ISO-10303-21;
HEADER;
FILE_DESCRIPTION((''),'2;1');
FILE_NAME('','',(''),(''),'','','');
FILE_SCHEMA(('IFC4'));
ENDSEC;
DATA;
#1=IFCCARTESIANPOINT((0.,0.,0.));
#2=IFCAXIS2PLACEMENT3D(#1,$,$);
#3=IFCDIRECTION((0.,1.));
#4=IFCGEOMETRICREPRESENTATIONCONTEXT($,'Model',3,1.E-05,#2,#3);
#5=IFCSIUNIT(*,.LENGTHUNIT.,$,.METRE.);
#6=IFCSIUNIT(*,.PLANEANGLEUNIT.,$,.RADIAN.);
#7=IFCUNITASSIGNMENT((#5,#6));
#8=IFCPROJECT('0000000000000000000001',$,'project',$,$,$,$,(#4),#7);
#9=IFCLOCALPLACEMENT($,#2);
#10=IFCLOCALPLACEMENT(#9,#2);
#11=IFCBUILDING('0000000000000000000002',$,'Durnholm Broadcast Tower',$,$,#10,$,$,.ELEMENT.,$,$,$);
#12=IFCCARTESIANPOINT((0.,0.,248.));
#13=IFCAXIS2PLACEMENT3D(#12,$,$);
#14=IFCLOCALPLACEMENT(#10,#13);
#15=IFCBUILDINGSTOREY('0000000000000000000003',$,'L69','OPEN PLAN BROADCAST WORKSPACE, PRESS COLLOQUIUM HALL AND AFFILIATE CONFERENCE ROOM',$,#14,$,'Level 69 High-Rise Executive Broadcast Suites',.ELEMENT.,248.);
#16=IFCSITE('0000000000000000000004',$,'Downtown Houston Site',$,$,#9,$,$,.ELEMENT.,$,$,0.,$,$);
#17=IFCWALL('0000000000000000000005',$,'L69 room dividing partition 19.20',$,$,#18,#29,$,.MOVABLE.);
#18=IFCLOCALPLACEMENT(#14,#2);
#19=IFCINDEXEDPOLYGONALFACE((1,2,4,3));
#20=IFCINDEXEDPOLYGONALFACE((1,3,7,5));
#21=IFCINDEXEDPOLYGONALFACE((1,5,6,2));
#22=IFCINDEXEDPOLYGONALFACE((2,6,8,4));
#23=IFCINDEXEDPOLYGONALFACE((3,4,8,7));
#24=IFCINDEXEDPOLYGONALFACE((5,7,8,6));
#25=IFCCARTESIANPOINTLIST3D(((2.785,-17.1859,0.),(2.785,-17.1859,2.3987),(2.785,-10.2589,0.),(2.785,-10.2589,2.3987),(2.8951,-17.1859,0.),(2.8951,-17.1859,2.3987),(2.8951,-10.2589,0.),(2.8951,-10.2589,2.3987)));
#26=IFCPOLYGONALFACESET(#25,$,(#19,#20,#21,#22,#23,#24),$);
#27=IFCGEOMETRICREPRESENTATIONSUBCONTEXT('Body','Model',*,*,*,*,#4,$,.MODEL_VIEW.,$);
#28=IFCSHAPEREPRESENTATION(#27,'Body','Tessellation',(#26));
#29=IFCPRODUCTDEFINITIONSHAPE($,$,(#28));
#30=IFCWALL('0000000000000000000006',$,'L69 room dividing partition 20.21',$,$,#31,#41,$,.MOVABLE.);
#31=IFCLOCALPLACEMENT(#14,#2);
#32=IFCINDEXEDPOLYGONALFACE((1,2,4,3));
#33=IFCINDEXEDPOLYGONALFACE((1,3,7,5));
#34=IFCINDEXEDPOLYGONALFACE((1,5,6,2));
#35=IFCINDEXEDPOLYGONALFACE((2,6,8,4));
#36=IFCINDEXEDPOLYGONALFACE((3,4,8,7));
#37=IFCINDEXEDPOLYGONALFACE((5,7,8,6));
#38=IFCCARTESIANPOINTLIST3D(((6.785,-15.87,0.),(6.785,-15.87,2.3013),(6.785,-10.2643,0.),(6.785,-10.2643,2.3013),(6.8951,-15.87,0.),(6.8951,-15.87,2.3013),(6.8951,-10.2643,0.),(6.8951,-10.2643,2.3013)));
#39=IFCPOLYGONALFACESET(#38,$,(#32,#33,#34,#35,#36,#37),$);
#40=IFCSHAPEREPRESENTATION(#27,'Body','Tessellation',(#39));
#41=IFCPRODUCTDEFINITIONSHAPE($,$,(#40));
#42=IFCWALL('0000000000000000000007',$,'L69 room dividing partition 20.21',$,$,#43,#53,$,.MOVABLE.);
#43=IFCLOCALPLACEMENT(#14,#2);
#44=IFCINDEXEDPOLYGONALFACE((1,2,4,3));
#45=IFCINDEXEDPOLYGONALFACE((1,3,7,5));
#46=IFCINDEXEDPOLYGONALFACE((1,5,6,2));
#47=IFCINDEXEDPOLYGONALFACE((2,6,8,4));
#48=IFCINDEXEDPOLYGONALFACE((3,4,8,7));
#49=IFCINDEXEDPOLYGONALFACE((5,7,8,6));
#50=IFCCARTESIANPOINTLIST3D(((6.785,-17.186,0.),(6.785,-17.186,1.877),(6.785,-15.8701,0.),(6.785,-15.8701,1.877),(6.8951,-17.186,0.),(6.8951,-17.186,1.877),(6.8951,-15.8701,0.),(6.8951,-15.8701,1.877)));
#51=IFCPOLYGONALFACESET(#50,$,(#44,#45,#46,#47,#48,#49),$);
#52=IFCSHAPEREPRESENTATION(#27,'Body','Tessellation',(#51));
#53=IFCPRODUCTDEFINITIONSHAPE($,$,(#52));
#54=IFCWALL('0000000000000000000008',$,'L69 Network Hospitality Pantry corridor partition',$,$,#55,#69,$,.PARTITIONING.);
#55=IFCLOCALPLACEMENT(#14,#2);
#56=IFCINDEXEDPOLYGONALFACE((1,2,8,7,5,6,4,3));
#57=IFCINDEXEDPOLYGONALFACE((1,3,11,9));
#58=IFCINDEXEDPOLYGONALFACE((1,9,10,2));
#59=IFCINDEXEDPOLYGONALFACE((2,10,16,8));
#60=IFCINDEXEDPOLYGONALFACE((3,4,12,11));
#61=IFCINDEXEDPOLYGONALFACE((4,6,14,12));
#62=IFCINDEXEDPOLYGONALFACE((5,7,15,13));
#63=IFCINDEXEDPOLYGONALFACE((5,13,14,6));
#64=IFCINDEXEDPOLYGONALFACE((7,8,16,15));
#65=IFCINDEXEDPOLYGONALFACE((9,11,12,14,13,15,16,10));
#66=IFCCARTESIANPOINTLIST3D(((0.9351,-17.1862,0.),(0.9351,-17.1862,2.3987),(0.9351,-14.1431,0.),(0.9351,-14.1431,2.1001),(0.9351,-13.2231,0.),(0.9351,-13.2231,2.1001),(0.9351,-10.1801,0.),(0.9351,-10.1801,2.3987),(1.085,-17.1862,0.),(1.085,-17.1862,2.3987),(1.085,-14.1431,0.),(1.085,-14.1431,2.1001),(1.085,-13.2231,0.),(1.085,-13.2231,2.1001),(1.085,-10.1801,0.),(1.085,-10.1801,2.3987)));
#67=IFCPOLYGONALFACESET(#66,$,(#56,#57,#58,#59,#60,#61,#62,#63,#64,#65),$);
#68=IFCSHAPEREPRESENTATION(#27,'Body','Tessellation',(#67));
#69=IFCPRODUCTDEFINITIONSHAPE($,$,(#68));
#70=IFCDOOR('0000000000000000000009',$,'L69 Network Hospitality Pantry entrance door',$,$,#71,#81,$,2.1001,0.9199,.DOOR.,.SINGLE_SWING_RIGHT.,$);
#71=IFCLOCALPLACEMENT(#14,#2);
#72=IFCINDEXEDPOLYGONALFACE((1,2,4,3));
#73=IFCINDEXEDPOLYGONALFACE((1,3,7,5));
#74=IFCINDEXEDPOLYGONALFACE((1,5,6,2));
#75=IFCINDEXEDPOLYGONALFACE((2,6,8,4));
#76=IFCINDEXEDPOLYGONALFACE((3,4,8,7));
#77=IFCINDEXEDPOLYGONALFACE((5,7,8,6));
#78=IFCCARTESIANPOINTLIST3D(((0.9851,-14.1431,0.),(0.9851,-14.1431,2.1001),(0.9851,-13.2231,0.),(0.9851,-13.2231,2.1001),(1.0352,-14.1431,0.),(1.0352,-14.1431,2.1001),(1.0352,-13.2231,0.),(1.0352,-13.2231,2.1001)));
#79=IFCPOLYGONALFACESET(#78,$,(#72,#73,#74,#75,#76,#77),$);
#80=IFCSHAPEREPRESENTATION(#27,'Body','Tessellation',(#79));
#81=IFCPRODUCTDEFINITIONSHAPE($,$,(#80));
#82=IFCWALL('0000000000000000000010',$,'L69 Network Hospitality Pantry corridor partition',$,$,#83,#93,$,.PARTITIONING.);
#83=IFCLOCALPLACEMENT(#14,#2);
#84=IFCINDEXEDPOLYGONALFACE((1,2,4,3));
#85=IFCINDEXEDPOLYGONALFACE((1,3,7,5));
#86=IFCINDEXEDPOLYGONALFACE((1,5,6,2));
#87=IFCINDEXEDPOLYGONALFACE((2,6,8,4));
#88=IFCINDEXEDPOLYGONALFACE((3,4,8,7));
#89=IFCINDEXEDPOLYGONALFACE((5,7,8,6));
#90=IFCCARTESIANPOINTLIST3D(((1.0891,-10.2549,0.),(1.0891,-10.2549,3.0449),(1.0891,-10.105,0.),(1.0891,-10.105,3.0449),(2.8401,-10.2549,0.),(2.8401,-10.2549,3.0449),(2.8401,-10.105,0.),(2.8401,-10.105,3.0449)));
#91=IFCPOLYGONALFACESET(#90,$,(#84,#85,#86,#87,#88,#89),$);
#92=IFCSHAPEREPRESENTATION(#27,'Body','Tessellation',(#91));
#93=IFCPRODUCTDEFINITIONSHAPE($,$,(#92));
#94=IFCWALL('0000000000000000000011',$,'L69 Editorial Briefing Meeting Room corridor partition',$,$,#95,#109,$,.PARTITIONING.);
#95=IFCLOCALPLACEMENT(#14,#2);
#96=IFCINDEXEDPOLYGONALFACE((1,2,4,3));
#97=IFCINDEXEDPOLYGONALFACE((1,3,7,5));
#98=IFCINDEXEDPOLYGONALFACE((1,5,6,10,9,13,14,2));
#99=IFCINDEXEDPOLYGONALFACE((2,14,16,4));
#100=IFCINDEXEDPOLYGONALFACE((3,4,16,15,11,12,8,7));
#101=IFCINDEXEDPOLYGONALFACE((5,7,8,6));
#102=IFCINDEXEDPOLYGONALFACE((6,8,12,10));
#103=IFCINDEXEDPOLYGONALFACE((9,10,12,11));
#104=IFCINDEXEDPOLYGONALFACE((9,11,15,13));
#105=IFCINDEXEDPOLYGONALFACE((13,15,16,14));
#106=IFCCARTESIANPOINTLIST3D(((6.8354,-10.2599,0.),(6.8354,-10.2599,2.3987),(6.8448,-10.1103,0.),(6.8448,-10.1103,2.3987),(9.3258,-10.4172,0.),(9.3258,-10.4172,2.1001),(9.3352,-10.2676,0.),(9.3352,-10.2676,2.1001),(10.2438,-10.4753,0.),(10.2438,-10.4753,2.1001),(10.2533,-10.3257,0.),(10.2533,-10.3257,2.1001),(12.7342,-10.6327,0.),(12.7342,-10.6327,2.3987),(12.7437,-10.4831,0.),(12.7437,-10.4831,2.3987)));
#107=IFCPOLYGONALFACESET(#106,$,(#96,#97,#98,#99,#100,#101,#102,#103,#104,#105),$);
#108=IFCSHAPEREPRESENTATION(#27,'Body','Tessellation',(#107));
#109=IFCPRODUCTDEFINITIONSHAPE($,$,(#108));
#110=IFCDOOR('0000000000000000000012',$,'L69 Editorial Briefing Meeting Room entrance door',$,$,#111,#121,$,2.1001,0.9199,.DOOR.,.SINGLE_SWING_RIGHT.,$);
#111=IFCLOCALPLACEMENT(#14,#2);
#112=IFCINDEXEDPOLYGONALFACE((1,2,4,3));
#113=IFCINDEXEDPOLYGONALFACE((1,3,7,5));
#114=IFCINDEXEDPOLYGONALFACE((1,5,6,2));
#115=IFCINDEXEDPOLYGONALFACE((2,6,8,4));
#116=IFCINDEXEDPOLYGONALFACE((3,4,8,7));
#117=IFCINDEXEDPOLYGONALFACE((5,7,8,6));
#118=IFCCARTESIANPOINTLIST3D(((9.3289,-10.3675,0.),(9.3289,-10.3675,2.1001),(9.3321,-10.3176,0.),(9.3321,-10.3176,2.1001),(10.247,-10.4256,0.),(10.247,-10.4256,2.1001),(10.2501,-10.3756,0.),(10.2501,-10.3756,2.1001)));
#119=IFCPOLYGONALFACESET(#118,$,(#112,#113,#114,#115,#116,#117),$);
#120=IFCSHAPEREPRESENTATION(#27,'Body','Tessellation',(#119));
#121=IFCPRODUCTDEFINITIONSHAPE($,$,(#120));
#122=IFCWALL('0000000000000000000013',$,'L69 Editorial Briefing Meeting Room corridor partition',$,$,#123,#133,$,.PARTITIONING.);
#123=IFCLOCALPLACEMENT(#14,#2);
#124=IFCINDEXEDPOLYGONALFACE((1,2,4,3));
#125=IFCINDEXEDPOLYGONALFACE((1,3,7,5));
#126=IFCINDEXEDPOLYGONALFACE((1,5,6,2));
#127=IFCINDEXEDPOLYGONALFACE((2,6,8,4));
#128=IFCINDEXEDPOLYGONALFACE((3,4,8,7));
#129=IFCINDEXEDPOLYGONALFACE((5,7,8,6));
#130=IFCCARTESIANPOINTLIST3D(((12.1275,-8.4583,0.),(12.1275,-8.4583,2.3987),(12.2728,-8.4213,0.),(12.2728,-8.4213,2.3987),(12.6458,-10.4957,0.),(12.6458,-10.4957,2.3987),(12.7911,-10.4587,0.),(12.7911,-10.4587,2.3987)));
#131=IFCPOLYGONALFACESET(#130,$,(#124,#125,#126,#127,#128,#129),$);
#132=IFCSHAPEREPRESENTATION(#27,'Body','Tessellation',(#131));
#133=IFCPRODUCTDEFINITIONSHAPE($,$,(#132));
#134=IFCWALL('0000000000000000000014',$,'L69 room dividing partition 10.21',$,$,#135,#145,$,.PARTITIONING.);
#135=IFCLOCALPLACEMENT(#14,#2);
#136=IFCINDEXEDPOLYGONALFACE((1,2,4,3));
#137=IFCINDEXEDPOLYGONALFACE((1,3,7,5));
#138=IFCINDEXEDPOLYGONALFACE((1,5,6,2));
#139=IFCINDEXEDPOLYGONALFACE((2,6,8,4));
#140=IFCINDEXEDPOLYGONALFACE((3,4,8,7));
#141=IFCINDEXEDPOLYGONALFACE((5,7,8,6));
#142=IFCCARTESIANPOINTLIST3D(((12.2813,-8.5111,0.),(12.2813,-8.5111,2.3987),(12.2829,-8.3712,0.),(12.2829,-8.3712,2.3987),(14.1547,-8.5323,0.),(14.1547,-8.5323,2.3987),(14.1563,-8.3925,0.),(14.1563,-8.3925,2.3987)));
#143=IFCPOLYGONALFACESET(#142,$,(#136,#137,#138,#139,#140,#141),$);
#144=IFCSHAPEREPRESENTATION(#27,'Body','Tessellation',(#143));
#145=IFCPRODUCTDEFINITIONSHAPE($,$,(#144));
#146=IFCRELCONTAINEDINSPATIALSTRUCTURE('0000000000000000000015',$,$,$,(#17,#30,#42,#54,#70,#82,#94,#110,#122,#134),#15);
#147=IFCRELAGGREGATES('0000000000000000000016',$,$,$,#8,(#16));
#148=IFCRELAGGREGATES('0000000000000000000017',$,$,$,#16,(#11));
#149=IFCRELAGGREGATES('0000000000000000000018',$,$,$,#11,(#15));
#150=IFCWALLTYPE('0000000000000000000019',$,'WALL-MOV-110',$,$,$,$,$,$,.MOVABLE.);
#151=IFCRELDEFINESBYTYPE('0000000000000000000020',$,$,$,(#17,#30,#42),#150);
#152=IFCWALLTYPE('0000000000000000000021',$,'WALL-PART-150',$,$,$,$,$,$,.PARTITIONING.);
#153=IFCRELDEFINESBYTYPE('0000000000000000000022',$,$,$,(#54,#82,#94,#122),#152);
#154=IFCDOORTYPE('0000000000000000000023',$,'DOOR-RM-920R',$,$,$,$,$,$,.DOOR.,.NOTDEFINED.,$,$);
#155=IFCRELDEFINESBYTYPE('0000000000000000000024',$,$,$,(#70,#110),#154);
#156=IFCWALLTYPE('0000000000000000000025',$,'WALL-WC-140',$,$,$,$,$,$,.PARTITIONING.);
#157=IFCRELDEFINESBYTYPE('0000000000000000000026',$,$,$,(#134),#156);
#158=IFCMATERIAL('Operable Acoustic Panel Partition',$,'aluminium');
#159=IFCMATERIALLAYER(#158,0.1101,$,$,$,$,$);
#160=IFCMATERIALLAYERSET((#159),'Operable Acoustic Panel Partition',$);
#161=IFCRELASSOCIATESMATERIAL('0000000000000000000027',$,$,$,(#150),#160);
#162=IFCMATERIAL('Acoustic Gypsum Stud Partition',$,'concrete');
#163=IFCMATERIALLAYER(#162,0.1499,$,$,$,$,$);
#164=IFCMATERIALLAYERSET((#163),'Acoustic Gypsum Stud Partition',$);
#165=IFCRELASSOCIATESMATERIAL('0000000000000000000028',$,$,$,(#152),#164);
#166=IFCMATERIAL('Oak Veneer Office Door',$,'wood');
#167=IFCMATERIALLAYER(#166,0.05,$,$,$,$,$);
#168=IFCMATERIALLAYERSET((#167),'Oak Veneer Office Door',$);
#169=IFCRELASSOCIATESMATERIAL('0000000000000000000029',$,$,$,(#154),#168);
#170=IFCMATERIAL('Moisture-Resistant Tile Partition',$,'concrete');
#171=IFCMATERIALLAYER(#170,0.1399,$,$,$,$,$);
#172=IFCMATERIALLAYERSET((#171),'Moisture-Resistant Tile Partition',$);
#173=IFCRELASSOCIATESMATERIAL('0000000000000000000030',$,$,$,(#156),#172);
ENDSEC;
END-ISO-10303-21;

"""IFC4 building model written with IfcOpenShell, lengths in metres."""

from ifc_helpers import new_model, si_unit, direction, frame, frame_2d, origin, place, context, subcontext, project, spatial, rectangle, extrude, source, transform, mapped, material, layer, layer_set, type_object, type_shapes, element, fill, save


model = new_model("IFC4")

# Units and contexts
model_context = context("Model", 3, precision=1e-05, world=origin(), true_north=direction((0.0, 1.0)))
body_context = subcontext(model_context, "Body", "Model", "MODEL_VIEW")
ifc_project = project(units=[si_unit("LENGTHUNIT", "METRE"), si_unit("PLANEANGLEUNIT", "RADIAN")], contexts=[model_context])

# Site, building, storey
site_placement = place(None, origin())
site = spatial("IfcSite", under=ifc_project, at=site_placement, Name="Downtown Houston Site", CompositionType="ELEMENT", RefElevation=0.0)
building_placement = place(site_placement, origin())
building = spatial("IfcBuilding", under=site, at=building_placement, Name="Durnholm Broadcast Tower", CompositionType="ELEMENT")
storey_placement = place(building_placement, frame((0.0, 0.0, 248.0)))
storey = spatial("IfcBuildingStorey", under=building, at=storey_placement, Name="L69", Description="OPEN PLAN BROADCAST WORKSPACE, PRESS COLLOQUIUM HALL AND AFFILIATE CONFERENCE ROOM", LongName="Level 69 High-Rise Executive Broadcast Suites", CompositionType="ELEMENT", Elevation=248.0)

# Walls
ifc_material_1 = material(Name="Operable Acoustic Panel Partition", Category="aluminium")
ifc_layer_1 = layer(ifc_material_1, 0.1101)
ifc_layer_set_1 = layer_set([ifc_layer_1], Name="Operable Acoustic Panel Partition")
wall_type_1 = type_object("IfcWallType", Name="WALL-MOV-110", PredefinedType="MOVABLE", material=ifc_layer_set_1)
wall_1_placement = place(storey_placement, frame((2.8401, -10.259, 0.0), z_axis=(0.0, 0.0, 1.0), x_axis=(0.0, -1.0, 0.0)))
element("IfcWall", 1, at=wall_1_placement, inside=storey, type_object=wall_type_1, Name="L69 room dividing partition 19.20", PredefinedType="MOVABLE", context=body_context, shape_type="SweptSolid", body=[
    extrude(rectangle(XDim=6.927, YDim=0.1101, at=frame_2d((3.4634, 0.0))), origin(), (0.0, 0.0, 1.0), 2.3987),
])
wall_2_placement = place(storey_placement, frame((6.8401, -10.2644, 0.0), z_axis=(0.0, 0.0, 1.0), x_axis=(0.0, -1.0, 0.0)))
element("IfcWall", 2, at=wall_2_placement, inside=storey, type_object=wall_type_1, Name="L69 room dividing partition 20.21", PredefinedType="MOVABLE", context=body_context, shape_type="SweptSolid", body=[
    extrude(rectangle(XDim=5.6057, YDim=0.1101, at=frame_2d((2.8027, 0.0))), origin(), (0.0, 0.0, 1.0), 2.3013),
])
wall_3_placement = place(storey_placement, frame((6.8401, -15.8701, 0.0), z_axis=(0.0, 0.0, 1.0), x_axis=(0.0, -1.0, 0.0)))
element("IfcWall", 3, at=wall_3_placement, inside=storey, type_object=wall_type_1, Name="L69 room dividing partition 20.21", PredefinedType="MOVABLE", context=body_context, shape_type="SweptSolid", body=[
    extrude(rectangle(XDim=1.3159, YDim=0.1101, at=frame_2d((0.658, 0.0))), origin(), (0.0, 0.0, 1.0), 1.877),
])

# Wall, opening, door
ifc_material_2 = material(Name="Acoustic Gypsum Stud Partition", Category="concrete")
ifc_layer_2 = layer(ifc_material_2, 0.1499)
ifc_layer_set_2 = layer_set([ifc_layer_2], Name="Acoustic Gypsum Stud Partition")
wall_type_2 = type_object("IfcWallType", Name="WALL-PART-150", PredefinedType="PARTITIONING", material=ifc_layer_set_2)
wall_4_placement = place(storey_placement, frame((1.01, -17.186, 0.0), z_axis=(0.0, 0.0, 1.0), x_axis=(0.0, 1.0, 0.0)))
wall_4 = element("IfcWall", 4, at=wall_4_placement, inside=storey, type_object=wall_type_2, Name="L69 Network Hospitality Pantry corridor partition", PredefinedType="PARTITIONING", context=body_context, shape_type="SweptSolid", body=[
    extrude(rectangle(XDim=7.0061, YDim=0.1499, at=frame_2d((3.5029, 0.0))), origin(), (0.0, 0.0, 1.0), 2.3987),
])
opening_1_placement = place(wall_4_placement, frame((3.043, 0.0, 0.0)))
opening_1 = element("IfcOpeningElement", 5, at=opening_1_placement, cuts=wall_4, PredefinedType="OPENING", context=body_context, shape_type="SweptSolid", body=[
    extrude(rectangle(XDim=0.9199, YDim=2.1001, at=frame_2d((0.46, 1.05))), frame((0.0, 0.085, 0.0), z_axis=(0.0, -1.0, 0.0), x_axis=(1.0, 0.0, 0.0)), (0.0, 0.0, 1.0), 0.1699),
])
ifc_material_3 = material(Name="Oak Veneer Office Door", Category="wood")
ifc_layer_3 = layer(ifc_material_3, 0.05)
ifc_layer_set_3 = layer_set([ifc_layer_3], Name="Oak Veneer Office Door")
door_type_1 = type_object("IfcDoorType", Name="DOOR-RM-920R", OperationType="NOTDEFINED", PredefinedType="DOOR", material=ifc_layer_set_3)
shared_shape_1 = source(origin(), body_context, "Body", "SweptSolid", [
    extrude(rectangle(XDim=0.9199, YDim=2.1001, at=frame_2d((0.46, 1.05))), frame((0.0, 0.0249, 0.0), z_axis=(0.0, -1.0, 0.0), x_axis=(1.0, 0.0, 0.0)), (0.0, 0.0, 1.0), 0.05),
])
type_shapes(door_type_1, [shared_shape_1])
door_1_placement = place(opening_1_placement, origin())
door_1 = element("IfcDoor", 6, at=door_1_placement, inside=storey, type_object=door_type_1, Name="L69 Network Hospitality Pantry entrance door", OperationType="SINGLE_SWING_RIGHT", OverallHeight=2.1001, OverallWidth=0.9199, PredefinedType="DOOR", context=body_context, shape_type="MappedRepresentation", body=[
    mapped(shared_shape_1, transform((0.0, 0.0, 0.0), x_axis=(1.0, 0.0, 0.0), y_axis=(0.0, 1.0, 0.0), z_axis=(0.0, 0.0, 1.0), scale=1.0)),
])
fill(opening_1, door_1)

# Wall
wall_5_placement = place(storey_placement, frame((1.0891, -10.1799, 0.0), z_axis=(0.0, 0.0, 1.0), x_axis=(1.0, 0.0, 0.0)))
element("IfcWall", 7, at=wall_5_placement, inside=storey, type_object=wall_type_2, Name="L69 Network Hospitality Pantry corridor partition", PredefinedType="PARTITIONING", context=body_context, shape_type="SweptSolid", body=[
    extrude(rectangle(XDim=1.751, YDim=0.1499, at=frame_2d((0.8755, 0.0))), origin(), (0.0, 0.0, 1.0), 3.0449),
])

# Wall, opening, door
wall_6_placement = place(storey_placement, frame((6.8401, -10.1851, 0.0), z_axis=(0.0, 0.0, 1.0), x_axis=(0.998009, -0.063073, 0.0)))
wall_6 = element("IfcWall", 8, at=wall_6_placement, inside=storey, type_object=wall_type_2, Name="L69 Editorial Briefing Meeting Room corridor partition", PredefinedType="PARTITIONING", context=body_context, shape_type="SweptSolid", body=[
    extrude(rectangle(XDim=5.9106, YDim=0.1499, at=frame_2d((2.9553, 0.0))), origin(), (0.0, 0.0, 1.0), 2.3987),
])
opening_2_placement = place(wall_6_placement, frame((2.4954, 0.0, 0.0)))
opening_2 = element("IfcOpeningElement", 9, at=opening_2_placement, cuts=wall_6, PredefinedType="OPENING", context=body_context, shape_type="SweptSolid", body=[
    extrude(rectangle(XDim=0.9199, YDim=2.1001, at=frame_2d((0.46, 1.05))), frame((0.0, 0.085, 0.0), z_axis=(0.0, -1.0, 0.0), x_axis=(1.0, 0.0, 0.0)), (0.0, 0.0, 1.0), 0.1699),
])
door_2_placement = place(opening_2_placement, origin())
door_2 = element("IfcDoor", 10, at=door_2_placement, inside=storey, type_object=door_type_1, Name="L69 Editorial Briefing Meeting Room entrance door", OperationType="SINGLE_SWING_RIGHT", OverallHeight=2.1001, OverallWidth=0.9199, PredefinedType="DOOR", context=body_context, shape_type="MappedRepresentation", body=[
    mapped(shared_shape_1, transform((0.0, 0.0, 0.0), x_axis=(1.0, 0.0, 0.0), y_axis=(0.0, 1.0, 0.0), z_axis=(0.0, 0.0, 1.0), scale=1.0)),
])
fill(opening_2, door_2)

# Walls
wall_7_placement = place(storey_placement, frame((12.7185, -10.4773, 0.0), z_axis=(0.0, 0.0, 1.0), x_axis=(-0.24655, 0.96913, 0.0)))
element("IfcWall", 11, at=wall_7_placement, inside=storey, type_object=wall_type_2, Name="L69 Editorial Briefing Meeting Room corridor partition", PredefinedType="PARTITIONING", context=body_context, shape_type="SweptSolid", body=[
    extrude(rectangle(XDim=2.1023, YDim=0.1499, at=frame_2d((1.0513, 0.0))), origin(), (0.0, 0.0, 1.0), 2.3987),
])
ifc_material_4 = material(Name="Moisture-Resistant Tile Partition", Category="concrete")
ifc_layer_4 = layer(ifc_material_4, 0.1399)
ifc_layer_set_4 = layer_set([ifc_layer_4], Name="Moisture-Resistant Tile Partition")
wall_type_3 = type_object("IfcWallType", Name="WALL-WC-140", PredefinedType="PARTITIONING", material=ifc_layer_set_4)
wall_8_placement = place(storey_placement, frame((14.1555, -8.4624, 0.0), z_axis=(0.0, 0.0, 1.0), x_axis=(-0.999936, 0.011336, 0.0)))
element("IfcWall", 12, at=wall_8_placement, inside=storey, type_object=wall_type_3, Name="L69 room dividing partition 10.21", PredefinedType="PARTITIONING", context=body_context, shape_type="SweptSolid", body=[
    extrude(rectangle(XDim=1.8735, YDim=0.1399, at=frame_2d((0.9368, 0.0))), origin(), (0.0, 0.0, 1.0), 2.3987),
])

save(model, "model.ifc")
